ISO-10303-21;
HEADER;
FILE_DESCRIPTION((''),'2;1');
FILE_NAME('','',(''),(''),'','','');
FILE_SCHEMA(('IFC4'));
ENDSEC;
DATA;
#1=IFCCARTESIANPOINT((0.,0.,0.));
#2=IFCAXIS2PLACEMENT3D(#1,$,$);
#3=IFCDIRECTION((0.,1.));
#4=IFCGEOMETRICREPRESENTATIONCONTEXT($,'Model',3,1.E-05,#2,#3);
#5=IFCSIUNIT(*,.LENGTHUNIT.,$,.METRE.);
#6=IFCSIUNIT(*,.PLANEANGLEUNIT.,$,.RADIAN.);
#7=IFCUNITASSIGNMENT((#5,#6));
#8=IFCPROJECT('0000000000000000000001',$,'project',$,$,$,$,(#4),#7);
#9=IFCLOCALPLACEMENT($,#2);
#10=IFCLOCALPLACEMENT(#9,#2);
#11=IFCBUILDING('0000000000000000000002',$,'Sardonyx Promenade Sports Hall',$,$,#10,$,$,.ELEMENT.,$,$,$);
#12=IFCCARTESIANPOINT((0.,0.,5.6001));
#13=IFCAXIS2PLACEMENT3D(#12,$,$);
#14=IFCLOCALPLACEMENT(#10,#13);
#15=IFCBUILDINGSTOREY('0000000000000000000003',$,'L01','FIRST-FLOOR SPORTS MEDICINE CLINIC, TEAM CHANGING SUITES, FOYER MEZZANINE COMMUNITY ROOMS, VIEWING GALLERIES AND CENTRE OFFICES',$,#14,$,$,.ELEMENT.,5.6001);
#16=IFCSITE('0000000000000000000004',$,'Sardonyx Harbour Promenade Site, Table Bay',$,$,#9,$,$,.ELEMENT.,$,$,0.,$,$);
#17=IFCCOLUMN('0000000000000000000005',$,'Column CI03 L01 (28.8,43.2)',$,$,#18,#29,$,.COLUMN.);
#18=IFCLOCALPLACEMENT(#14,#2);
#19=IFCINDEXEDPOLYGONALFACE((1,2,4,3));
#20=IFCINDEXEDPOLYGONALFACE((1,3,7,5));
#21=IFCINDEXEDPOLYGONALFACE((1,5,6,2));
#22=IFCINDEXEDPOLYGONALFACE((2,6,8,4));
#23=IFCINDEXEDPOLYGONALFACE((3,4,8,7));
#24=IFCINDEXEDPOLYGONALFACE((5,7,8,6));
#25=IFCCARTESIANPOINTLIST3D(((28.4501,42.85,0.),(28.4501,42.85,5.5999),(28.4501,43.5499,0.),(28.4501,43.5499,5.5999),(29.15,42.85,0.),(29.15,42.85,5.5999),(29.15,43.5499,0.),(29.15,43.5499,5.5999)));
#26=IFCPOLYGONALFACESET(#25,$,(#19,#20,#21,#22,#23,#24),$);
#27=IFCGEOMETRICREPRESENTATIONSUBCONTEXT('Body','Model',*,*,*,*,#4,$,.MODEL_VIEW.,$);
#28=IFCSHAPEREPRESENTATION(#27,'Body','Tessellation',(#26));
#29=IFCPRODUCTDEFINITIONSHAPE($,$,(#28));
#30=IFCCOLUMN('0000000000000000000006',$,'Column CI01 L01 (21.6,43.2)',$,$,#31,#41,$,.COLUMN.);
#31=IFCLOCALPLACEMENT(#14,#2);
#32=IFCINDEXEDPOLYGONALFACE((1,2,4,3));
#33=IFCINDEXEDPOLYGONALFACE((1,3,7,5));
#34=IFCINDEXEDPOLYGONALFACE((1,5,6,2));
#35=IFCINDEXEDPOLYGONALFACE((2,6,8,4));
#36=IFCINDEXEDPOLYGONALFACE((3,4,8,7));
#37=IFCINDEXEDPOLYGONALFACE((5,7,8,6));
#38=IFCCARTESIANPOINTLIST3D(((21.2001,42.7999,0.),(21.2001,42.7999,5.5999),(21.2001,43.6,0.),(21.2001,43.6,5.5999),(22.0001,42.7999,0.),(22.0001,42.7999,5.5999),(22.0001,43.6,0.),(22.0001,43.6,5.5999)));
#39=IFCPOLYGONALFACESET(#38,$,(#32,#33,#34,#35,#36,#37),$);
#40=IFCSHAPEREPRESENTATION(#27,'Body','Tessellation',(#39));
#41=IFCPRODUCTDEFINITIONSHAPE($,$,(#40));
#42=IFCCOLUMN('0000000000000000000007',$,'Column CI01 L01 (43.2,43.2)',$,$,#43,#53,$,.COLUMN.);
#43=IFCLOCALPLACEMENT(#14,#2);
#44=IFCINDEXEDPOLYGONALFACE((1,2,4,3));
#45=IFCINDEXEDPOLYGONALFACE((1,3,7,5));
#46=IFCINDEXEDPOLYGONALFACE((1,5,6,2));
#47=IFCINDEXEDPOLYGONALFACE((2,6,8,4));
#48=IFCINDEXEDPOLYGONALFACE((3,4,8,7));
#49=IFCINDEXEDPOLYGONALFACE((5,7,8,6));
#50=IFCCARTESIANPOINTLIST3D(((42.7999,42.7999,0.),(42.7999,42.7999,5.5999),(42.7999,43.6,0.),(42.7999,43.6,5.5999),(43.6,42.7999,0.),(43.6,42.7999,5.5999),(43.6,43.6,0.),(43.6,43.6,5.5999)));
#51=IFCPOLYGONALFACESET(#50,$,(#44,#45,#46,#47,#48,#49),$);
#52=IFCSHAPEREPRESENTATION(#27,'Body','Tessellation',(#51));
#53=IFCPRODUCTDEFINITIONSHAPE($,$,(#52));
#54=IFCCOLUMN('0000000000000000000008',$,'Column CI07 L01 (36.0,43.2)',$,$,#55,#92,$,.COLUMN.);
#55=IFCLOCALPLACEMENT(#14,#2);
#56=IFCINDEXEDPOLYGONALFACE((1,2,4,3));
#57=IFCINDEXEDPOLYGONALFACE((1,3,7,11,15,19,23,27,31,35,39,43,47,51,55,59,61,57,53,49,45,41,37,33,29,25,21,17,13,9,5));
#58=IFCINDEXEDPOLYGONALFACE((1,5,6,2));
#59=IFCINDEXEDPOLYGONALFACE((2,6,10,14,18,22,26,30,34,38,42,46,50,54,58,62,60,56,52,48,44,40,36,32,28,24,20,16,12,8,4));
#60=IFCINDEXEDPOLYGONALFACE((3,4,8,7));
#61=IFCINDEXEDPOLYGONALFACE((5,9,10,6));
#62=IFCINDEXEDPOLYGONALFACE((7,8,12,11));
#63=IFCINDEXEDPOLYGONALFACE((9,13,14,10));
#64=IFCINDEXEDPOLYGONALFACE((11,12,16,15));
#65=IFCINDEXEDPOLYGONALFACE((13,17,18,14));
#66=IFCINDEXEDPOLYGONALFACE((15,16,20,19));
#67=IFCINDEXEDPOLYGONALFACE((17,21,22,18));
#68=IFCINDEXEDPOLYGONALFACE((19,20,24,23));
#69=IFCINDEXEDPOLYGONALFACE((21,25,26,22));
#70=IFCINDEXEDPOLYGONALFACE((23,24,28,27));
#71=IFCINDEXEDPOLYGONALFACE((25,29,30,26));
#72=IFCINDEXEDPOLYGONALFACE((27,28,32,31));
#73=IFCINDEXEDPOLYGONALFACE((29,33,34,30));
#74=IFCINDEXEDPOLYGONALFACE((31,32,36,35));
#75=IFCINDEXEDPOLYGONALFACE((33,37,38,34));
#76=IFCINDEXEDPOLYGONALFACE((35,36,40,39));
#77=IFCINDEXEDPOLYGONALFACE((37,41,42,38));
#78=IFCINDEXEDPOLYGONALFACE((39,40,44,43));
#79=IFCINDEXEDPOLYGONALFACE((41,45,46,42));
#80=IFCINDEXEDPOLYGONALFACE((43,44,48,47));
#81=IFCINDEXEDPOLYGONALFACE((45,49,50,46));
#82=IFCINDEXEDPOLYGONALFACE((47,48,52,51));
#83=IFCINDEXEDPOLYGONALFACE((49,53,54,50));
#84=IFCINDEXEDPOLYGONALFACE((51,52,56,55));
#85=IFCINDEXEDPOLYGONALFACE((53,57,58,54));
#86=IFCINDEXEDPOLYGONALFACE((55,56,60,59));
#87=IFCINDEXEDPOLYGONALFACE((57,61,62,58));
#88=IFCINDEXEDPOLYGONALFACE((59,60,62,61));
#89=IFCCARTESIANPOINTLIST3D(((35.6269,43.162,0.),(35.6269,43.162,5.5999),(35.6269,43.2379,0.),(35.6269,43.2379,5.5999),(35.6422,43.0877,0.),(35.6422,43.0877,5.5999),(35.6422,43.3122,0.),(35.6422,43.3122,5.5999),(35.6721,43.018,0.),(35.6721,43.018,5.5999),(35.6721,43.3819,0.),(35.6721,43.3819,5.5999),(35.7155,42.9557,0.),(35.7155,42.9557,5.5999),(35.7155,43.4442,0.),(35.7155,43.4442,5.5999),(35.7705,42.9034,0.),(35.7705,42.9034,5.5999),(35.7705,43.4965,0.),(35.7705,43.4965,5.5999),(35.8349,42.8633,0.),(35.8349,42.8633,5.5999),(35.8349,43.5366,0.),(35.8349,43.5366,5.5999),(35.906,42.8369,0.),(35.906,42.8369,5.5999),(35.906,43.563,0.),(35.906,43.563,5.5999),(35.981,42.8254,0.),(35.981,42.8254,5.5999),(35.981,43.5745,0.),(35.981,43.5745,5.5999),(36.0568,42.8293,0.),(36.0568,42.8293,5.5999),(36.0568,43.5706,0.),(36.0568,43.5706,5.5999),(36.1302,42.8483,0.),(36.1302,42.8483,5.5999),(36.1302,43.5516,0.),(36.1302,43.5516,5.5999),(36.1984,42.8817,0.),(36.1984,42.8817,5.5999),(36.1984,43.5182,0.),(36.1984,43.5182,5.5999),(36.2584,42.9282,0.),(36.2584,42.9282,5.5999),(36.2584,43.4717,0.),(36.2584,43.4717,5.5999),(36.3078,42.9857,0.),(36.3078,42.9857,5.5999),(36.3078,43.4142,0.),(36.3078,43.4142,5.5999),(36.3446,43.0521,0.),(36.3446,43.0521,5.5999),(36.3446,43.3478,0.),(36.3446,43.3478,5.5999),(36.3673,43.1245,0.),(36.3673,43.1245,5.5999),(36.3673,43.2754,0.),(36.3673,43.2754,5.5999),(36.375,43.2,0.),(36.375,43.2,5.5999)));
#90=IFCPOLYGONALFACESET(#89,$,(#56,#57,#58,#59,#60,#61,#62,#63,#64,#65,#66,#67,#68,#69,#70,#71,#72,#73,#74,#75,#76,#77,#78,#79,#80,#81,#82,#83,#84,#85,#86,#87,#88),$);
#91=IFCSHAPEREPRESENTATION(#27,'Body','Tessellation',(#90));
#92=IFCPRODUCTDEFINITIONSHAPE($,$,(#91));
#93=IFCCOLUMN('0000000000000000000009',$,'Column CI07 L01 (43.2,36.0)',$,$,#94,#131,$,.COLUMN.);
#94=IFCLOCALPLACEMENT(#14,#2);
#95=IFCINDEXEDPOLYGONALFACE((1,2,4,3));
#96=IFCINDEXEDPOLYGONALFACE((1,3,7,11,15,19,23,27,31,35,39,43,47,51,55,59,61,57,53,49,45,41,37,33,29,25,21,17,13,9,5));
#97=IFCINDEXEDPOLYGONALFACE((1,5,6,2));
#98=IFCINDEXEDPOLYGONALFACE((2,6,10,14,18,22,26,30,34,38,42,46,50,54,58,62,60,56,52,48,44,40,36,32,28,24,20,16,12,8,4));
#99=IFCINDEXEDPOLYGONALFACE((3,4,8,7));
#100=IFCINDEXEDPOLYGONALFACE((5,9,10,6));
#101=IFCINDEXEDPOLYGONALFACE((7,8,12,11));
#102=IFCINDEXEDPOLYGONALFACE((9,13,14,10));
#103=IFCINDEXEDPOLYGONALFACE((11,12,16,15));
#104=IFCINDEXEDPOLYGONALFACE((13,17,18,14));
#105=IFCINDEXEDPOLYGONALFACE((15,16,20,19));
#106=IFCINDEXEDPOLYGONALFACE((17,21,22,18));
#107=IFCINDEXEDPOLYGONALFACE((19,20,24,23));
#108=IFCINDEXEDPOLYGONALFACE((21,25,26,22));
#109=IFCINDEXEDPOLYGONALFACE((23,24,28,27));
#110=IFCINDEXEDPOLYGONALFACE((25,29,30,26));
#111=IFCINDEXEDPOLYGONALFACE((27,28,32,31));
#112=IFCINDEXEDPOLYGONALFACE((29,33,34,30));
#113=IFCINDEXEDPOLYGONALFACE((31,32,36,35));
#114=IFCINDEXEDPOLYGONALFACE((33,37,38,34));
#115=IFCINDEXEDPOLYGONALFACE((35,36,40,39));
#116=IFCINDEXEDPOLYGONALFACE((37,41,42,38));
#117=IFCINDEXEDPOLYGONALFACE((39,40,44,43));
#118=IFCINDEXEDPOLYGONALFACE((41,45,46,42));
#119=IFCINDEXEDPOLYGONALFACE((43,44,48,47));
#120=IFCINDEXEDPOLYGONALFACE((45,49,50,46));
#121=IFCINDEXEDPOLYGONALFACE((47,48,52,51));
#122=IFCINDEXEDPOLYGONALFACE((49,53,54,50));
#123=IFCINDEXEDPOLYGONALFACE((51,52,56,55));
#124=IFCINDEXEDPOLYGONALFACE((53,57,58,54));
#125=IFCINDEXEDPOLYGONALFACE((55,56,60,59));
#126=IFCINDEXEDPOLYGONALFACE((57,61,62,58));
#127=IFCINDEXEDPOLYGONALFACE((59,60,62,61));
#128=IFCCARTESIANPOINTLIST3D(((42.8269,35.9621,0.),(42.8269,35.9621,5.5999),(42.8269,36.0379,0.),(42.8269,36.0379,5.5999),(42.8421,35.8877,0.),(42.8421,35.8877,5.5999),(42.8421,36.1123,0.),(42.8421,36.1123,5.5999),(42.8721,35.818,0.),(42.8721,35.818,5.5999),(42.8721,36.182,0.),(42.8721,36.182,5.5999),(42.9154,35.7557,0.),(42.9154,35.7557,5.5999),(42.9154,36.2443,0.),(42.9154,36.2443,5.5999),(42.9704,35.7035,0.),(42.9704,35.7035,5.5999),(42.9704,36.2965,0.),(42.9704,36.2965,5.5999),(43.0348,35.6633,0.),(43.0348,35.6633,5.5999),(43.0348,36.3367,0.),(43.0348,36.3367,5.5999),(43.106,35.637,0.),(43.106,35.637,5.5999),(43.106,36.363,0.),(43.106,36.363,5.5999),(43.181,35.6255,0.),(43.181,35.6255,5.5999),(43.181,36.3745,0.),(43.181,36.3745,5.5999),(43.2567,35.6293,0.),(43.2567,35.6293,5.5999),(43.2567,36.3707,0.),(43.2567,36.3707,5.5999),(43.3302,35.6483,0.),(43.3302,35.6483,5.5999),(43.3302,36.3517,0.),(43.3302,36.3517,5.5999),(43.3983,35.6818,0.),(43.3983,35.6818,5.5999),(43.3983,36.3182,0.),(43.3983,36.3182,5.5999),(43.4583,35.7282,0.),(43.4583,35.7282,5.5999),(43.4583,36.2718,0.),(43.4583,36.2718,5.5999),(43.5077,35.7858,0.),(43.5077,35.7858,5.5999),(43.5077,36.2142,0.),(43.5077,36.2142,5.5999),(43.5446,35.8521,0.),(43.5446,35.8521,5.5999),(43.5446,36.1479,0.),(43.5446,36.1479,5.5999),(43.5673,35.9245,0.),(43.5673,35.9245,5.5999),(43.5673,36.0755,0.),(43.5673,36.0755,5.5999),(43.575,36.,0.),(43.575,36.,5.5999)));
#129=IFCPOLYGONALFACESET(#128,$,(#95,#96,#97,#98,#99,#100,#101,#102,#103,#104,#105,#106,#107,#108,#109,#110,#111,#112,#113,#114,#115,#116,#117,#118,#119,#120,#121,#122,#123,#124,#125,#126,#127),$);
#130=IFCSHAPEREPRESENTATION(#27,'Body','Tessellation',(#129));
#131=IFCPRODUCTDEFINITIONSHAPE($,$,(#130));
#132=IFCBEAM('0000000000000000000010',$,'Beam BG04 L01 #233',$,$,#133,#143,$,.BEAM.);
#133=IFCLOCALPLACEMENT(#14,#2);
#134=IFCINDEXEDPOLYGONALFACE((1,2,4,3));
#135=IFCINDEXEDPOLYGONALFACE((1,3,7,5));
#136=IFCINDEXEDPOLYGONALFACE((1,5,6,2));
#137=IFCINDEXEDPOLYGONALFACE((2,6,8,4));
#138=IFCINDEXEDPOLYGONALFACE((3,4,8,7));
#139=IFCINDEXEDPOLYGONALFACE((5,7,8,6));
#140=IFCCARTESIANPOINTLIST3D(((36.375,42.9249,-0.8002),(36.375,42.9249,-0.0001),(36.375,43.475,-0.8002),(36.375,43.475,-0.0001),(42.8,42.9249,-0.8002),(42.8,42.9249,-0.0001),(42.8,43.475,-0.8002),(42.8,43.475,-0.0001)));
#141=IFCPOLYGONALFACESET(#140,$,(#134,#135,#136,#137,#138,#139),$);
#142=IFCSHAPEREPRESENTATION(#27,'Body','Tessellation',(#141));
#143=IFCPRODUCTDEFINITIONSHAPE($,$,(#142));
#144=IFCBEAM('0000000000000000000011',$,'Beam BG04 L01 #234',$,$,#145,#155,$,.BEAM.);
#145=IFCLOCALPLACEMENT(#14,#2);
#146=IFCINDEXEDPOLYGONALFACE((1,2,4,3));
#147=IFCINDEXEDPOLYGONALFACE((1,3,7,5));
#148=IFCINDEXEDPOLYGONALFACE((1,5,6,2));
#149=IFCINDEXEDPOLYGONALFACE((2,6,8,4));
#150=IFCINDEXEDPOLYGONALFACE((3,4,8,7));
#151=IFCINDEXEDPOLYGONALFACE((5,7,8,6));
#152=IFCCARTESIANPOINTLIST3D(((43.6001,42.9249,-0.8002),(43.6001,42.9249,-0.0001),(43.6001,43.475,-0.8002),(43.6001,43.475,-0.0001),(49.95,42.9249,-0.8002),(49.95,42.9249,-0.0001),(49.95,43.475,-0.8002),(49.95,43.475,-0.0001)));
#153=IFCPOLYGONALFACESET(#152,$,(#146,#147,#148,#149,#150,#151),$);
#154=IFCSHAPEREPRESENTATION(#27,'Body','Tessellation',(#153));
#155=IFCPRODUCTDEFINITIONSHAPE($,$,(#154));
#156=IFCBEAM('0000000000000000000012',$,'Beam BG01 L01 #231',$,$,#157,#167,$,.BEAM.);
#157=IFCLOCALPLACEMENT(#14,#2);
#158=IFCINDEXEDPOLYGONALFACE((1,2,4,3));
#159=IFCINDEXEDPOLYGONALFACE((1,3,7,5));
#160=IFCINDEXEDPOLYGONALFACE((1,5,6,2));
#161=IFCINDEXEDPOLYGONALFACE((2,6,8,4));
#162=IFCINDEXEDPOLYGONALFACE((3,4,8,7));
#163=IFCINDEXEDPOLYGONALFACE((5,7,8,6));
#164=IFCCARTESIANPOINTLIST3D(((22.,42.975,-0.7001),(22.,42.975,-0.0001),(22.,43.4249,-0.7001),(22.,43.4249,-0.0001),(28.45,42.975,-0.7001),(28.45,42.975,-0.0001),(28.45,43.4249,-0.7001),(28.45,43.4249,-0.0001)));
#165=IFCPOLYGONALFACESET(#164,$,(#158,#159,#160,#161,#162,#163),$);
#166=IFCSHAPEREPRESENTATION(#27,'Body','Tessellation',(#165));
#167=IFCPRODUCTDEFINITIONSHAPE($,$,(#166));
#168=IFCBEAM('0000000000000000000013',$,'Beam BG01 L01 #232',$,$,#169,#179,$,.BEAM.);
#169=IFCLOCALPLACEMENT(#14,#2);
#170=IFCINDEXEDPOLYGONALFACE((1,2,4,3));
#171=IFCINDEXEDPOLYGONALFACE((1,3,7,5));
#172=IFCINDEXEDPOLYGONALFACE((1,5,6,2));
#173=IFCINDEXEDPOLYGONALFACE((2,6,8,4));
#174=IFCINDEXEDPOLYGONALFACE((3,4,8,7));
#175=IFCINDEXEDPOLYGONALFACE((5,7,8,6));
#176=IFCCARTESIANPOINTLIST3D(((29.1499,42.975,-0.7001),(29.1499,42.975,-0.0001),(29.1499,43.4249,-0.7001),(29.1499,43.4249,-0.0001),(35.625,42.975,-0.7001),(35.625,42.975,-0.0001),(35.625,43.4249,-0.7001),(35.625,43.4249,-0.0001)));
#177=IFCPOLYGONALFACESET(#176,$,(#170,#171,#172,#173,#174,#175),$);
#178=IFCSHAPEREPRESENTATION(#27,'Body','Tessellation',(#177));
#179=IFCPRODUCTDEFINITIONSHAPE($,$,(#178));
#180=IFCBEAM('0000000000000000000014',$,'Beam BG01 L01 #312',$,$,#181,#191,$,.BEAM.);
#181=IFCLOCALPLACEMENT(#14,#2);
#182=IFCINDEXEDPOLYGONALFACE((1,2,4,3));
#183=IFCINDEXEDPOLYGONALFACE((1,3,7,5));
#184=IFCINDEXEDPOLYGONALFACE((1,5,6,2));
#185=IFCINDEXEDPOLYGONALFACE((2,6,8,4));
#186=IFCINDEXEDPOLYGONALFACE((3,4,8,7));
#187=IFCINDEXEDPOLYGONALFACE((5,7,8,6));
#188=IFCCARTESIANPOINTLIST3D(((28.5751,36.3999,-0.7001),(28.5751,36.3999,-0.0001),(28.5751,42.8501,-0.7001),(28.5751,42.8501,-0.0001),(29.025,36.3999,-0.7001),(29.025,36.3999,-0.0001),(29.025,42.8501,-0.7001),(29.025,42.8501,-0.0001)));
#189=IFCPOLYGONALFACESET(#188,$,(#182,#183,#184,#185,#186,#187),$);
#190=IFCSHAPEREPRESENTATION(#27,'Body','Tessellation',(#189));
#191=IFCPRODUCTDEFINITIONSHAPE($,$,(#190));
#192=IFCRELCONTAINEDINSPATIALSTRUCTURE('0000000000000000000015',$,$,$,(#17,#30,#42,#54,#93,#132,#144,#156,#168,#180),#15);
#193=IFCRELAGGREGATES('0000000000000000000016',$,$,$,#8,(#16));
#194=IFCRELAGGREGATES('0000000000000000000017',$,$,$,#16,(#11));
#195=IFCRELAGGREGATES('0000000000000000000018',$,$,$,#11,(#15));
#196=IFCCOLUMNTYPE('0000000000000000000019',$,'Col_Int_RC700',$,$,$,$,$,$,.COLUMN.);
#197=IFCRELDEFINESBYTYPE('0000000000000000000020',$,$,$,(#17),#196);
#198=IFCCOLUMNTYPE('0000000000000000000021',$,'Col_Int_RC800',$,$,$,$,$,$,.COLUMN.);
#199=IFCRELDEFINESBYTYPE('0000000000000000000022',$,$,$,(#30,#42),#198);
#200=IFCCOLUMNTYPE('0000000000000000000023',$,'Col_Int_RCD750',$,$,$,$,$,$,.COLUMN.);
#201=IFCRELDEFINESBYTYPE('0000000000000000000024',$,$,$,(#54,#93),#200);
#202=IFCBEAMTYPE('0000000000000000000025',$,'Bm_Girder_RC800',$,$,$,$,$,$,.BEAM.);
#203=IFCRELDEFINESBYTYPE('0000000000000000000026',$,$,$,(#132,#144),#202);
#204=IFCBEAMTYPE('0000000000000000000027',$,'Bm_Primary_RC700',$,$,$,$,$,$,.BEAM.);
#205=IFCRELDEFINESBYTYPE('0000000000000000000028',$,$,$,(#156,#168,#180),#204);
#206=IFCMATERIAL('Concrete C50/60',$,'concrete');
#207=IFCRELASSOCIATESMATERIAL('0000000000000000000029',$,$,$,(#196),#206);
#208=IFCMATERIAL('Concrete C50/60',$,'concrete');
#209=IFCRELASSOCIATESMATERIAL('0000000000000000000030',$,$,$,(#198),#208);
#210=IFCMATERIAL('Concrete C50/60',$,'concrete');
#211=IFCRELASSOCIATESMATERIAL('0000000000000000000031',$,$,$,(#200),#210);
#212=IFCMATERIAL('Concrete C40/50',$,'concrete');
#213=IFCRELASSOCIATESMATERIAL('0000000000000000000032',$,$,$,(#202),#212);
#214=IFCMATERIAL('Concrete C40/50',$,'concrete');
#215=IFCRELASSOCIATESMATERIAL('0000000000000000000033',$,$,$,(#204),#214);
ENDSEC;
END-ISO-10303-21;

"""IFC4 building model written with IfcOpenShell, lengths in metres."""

from ifc_helpers import new_model, si_unit, direction, frame, origin, origin_2d, place, context, subcontext, project, spatial, rectangle, circle, extrude, material, material_profile, profile_set, type_object, element, save


model = new_model("IFC4")

# Units and contexts
model_context = context("Model", 3, precision=1e-05, world=origin(), true_north=direction((0.0, 1.0)))
body_context = subcontext(model_context, "Body", "Model", "MODEL_VIEW")
ifc_project = project(units=[si_unit("LENGTHUNIT", "METRE"), si_unit("PLANEANGLEUNIT", "RADIAN")], contexts=[model_context])

# Site, building, storey
site_placement = place(None, origin())
site = spatial("IfcSite", under=ifc_project, at=site_placement, Name="Sardonyx Harbour Promenade Site, Table Bay", CompositionType="ELEMENT", RefElevation=0.0)
building_placement = place(site_placement, origin())
building = spatial("IfcBuilding", under=site, at=building_placement, Name="Sardonyx Promenade Sports Hall", CompositionType="ELEMENT")
storey_placement = place(building_placement, frame((0.0, 0.0, 5.6001)))
storey = spatial("IfcBuildingStorey", under=building, at=storey_placement, Name="L01", Description="FIRST-FLOOR SPORTS MEDICINE CLINIC, TEAM CHANGING SUITES, FOYER MEZZANINE COMMUNITY ROOMS, VIEWING GALLERIES AND CENTRE OFFICES", CompositionType="ELEMENT", Elevation=5.6001)

# Columns
ifc_material_1 = material(Name="Concrete C50/60", Category="concrete")
ifc_material_profile_1 = material_profile(ifc_material_1, rectangle(XDim=0.7, YDim=0.7, at=origin_2d()))
ifc_profile_set_1 = profile_set([ifc_material_profile_1], Name="Concrete C50/60")
column_type_1 = type_object("IfcColumnType", Name="Col_Int_RC700", PredefinedType="COLUMN", material=ifc_profile_set_1)
column_placement = place(storey_placement, frame((28.8, 43.2, 0.0), z_axis=(0.0, 0.0, 1.0), x_axis=(1.0, 0.0, 0.0)))
element("IfcColumn", 1, at=column_placement, inside=storey, type_object=column_type_1, Name="Column CI03 L01 (28.8,43.2)", PredefinedType="COLUMN", context=body_context, shape_type="SweptSolid", body=[
    extrude(rectangle(XDim=0.7, YDim=0.7, at=origin_2d()), origin(), (0.0, 0.0, 1.0), 5.5999),
])
ifc_material_2 = material(Name="Concrete C50/60", Category="concrete")
ifc_material_profile_2 = material_profile(ifc_material_2, rectangle(XDim=0.8, YDim=0.8, at=origin_2d()))
ifc_profile_set_2 = profile_set([ifc_material_profile_2], Name="Concrete C50/60")
column_type_2 = type_object("IfcColumnType", Name="Col_Int_RC800", PredefinedType="COLUMN", material=ifc_profile_set_2)
for number, where, z_axis, x_axis, name in (
    (2, (21.6001, 43.2, 0.0), (0.0, 0.0, 1.0), (1.0, 0.0, 0.0), "Column CI01 L01 (21.6,43.2)"),
    (3, (43.2, 43.2, 0.0), (0.0, 0.0, 1.0), (1.0, 0.0, 0.0), "Column CI01 L01 (43.2,43.2)"),
):
    element("IfcColumn", number, at=place(storey_placement, frame(where, z_axis=z_axis, x_axis=x_axis)), inside=storey, type_object=column_type_2, Name=name, PredefinedType="COLUMN", context=body_context, shape_type="SweptSolid", body=[
        extrude(rectangle(XDim=0.8, YDim=0.8, at=origin_2d()), origin(), (0.0, 0.0, 1.0), 5.5999),
    ])
ifc_material_3 = material(Name="Concrete C50/60", Category="concrete")
ifc_material_profile_3 = material_profile(ifc_material_3, circle(Radius=0.375, at=origin_2d()))
ifc_profile_set_3 = profile_set([ifc_material_profile_3], Name="Concrete C50/60")
column_type_3 = type_object("IfcColumnType", Name="Col_Int_RCD750", PredefinedType="COLUMN", material=ifc_profile_set_3)
for number, where, z_axis, x_axis, name in (
    (4, (36.0, 43.2, 0.0), (0.0, 0.0, 1.0), (1.0, 0.0, 0.0), "Column CI07 L01 (36.0,43.2)"),
    (5, (43.2, 36.0, 0.0), (0.0, 0.0, 1.0), (1.0, 0.0, 0.0), "Column CI07 L01 (43.2,36.0)"),
):
    element("IfcColumn", number, at=place(storey_placement, frame(where, z_axis=z_axis, x_axis=x_axis)), inside=storey, type_object=column_type_3, Name=name, PredefinedType="COLUMN", context=body_context, shape_type="SweptSolid", body=[
        extrude(circle(Radius=0.375, at=origin_2d()), origin(), (0.0, 0.0, 1.0), 5.5999),
    ])

# Beams
ifc_material_4 = material(Name="Concrete C40/50", Category="concrete")
ifc_material_profile_4 = material_profile(ifc_material_4, rectangle(XDim=0.55, YDim=0.8, at=origin_2d()))
ifc_profile_set_4 = profile_set([ifc_material_profile_4], Name="Concrete C40/50")
beam_type_1 = type_object("IfcBeamType", Name="Bm_Girder_RC800", PredefinedType="BEAM", material=ifc_profile_set_4)
beam_1_placement = place(storey_placement, frame((36.375, 43.2, -0.4001), z_axis=(1.0, 0.0, 0.0), x_axis=(0.0, 1.0, 0.0)))
element("IfcBeam", 6, at=beam_1_placement, inside=storey, type_object=beam_type_1, Name="Beam BG04 L01 #233", PredefinedType="BEAM", context=body_context, shape_type="SweptSolid", body=[
    extrude(rectangle(XDim=0.55, YDim=0.8, at=origin_2d()), origin(), (0.0, 0.0, 1.0), 6.425),
])
beam_2_placement = place(storey_placement, frame((43.6001, 43.2, -0.4001), z_axis=(1.0, 0.0, 0.0), x_axis=(0.0, 1.0, 0.0)))
element("IfcBeam", 7, at=beam_2_placement, inside=storey, type_object=beam_type_1, Name="Beam BG04 L01 #234", PredefinedType="BEAM", context=body_context, shape_type="SweptSolid", body=[
    extrude(rectangle(XDim=0.55, YDim=0.8, at=origin_2d()), origin(), (0.0, 0.0, 1.0), 6.3499),
])
ifc_material_5 = material(Name="Concrete C40/50", Category="concrete")
ifc_material_profile_5 = material_profile(ifc_material_5, rectangle(XDim=0.45, YDim=0.7, at=origin_2d()))
ifc_profile_set_5 = profile_set([ifc_material_profile_5], Name="Concrete C40/50")
beam_type_2 = type_object("IfcBeamType", Name="Bm_Primary_RC700", PredefinedType="BEAM", material=ifc_profile_set_5)
beam_3_placement = place(storey_placement, frame((22.0, 43.2, -0.3501), z_axis=(1.0, 0.0, 0.0), x_axis=(0.0, 1.0, 0.0)))
element("IfcBeam", 8, at=beam_3_placement, inside=storey, type_object=beam_type_2, Name="Beam BG01 L01 #231", PredefinedType="BEAM", context=body_context, shape_type="SweptSolid", body=[
    extrude(rectangle(XDim=0.45, YDim=0.7, at=origin_2d()), origin(), (0.0, 0.0, 1.0), 6.45),
])
beam_4_placement = place(storey_placement, frame((29.1499, 43.2, -0.3501), z_axis=(1.0, 0.0, 0.0), x_axis=(0.0, 1.0, 0.0)))
element("IfcBeam", 9, at=beam_4_placement, inside=storey, type_object=beam_type_2, Name="Beam BG01 L01 #232", PredefinedType="BEAM", context=body_context, shape_type="SweptSolid", body=[
    extrude(rectangle(XDim=0.45, YDim=0.7, at=origin_2d()), origin(), (0.0, 0.0, 1.0), 6.4751),
])
beam_5_placement = place(storey_placement, frame((28.8, 36.3999, -0.3501), z_axis=(0.0, 1.0, 0.0), x_axis=(-1.0, 0.0, 0.0)))
element("IfcBeam", 10, at=beam_5_placement, inside=storey, type_object=beam_type_2, Name="Beam BG01 L01 #312", PredefinedType="BEAM", context=body_context, shape_type="SweptSolid", body=[
    extrude(rectangle(XDim=0.45, YDim=0.7, at=origin_2d()), origin(), (0.0, 0.0, 1.0), 6.4502),
])

save(model, "model.ifc")
